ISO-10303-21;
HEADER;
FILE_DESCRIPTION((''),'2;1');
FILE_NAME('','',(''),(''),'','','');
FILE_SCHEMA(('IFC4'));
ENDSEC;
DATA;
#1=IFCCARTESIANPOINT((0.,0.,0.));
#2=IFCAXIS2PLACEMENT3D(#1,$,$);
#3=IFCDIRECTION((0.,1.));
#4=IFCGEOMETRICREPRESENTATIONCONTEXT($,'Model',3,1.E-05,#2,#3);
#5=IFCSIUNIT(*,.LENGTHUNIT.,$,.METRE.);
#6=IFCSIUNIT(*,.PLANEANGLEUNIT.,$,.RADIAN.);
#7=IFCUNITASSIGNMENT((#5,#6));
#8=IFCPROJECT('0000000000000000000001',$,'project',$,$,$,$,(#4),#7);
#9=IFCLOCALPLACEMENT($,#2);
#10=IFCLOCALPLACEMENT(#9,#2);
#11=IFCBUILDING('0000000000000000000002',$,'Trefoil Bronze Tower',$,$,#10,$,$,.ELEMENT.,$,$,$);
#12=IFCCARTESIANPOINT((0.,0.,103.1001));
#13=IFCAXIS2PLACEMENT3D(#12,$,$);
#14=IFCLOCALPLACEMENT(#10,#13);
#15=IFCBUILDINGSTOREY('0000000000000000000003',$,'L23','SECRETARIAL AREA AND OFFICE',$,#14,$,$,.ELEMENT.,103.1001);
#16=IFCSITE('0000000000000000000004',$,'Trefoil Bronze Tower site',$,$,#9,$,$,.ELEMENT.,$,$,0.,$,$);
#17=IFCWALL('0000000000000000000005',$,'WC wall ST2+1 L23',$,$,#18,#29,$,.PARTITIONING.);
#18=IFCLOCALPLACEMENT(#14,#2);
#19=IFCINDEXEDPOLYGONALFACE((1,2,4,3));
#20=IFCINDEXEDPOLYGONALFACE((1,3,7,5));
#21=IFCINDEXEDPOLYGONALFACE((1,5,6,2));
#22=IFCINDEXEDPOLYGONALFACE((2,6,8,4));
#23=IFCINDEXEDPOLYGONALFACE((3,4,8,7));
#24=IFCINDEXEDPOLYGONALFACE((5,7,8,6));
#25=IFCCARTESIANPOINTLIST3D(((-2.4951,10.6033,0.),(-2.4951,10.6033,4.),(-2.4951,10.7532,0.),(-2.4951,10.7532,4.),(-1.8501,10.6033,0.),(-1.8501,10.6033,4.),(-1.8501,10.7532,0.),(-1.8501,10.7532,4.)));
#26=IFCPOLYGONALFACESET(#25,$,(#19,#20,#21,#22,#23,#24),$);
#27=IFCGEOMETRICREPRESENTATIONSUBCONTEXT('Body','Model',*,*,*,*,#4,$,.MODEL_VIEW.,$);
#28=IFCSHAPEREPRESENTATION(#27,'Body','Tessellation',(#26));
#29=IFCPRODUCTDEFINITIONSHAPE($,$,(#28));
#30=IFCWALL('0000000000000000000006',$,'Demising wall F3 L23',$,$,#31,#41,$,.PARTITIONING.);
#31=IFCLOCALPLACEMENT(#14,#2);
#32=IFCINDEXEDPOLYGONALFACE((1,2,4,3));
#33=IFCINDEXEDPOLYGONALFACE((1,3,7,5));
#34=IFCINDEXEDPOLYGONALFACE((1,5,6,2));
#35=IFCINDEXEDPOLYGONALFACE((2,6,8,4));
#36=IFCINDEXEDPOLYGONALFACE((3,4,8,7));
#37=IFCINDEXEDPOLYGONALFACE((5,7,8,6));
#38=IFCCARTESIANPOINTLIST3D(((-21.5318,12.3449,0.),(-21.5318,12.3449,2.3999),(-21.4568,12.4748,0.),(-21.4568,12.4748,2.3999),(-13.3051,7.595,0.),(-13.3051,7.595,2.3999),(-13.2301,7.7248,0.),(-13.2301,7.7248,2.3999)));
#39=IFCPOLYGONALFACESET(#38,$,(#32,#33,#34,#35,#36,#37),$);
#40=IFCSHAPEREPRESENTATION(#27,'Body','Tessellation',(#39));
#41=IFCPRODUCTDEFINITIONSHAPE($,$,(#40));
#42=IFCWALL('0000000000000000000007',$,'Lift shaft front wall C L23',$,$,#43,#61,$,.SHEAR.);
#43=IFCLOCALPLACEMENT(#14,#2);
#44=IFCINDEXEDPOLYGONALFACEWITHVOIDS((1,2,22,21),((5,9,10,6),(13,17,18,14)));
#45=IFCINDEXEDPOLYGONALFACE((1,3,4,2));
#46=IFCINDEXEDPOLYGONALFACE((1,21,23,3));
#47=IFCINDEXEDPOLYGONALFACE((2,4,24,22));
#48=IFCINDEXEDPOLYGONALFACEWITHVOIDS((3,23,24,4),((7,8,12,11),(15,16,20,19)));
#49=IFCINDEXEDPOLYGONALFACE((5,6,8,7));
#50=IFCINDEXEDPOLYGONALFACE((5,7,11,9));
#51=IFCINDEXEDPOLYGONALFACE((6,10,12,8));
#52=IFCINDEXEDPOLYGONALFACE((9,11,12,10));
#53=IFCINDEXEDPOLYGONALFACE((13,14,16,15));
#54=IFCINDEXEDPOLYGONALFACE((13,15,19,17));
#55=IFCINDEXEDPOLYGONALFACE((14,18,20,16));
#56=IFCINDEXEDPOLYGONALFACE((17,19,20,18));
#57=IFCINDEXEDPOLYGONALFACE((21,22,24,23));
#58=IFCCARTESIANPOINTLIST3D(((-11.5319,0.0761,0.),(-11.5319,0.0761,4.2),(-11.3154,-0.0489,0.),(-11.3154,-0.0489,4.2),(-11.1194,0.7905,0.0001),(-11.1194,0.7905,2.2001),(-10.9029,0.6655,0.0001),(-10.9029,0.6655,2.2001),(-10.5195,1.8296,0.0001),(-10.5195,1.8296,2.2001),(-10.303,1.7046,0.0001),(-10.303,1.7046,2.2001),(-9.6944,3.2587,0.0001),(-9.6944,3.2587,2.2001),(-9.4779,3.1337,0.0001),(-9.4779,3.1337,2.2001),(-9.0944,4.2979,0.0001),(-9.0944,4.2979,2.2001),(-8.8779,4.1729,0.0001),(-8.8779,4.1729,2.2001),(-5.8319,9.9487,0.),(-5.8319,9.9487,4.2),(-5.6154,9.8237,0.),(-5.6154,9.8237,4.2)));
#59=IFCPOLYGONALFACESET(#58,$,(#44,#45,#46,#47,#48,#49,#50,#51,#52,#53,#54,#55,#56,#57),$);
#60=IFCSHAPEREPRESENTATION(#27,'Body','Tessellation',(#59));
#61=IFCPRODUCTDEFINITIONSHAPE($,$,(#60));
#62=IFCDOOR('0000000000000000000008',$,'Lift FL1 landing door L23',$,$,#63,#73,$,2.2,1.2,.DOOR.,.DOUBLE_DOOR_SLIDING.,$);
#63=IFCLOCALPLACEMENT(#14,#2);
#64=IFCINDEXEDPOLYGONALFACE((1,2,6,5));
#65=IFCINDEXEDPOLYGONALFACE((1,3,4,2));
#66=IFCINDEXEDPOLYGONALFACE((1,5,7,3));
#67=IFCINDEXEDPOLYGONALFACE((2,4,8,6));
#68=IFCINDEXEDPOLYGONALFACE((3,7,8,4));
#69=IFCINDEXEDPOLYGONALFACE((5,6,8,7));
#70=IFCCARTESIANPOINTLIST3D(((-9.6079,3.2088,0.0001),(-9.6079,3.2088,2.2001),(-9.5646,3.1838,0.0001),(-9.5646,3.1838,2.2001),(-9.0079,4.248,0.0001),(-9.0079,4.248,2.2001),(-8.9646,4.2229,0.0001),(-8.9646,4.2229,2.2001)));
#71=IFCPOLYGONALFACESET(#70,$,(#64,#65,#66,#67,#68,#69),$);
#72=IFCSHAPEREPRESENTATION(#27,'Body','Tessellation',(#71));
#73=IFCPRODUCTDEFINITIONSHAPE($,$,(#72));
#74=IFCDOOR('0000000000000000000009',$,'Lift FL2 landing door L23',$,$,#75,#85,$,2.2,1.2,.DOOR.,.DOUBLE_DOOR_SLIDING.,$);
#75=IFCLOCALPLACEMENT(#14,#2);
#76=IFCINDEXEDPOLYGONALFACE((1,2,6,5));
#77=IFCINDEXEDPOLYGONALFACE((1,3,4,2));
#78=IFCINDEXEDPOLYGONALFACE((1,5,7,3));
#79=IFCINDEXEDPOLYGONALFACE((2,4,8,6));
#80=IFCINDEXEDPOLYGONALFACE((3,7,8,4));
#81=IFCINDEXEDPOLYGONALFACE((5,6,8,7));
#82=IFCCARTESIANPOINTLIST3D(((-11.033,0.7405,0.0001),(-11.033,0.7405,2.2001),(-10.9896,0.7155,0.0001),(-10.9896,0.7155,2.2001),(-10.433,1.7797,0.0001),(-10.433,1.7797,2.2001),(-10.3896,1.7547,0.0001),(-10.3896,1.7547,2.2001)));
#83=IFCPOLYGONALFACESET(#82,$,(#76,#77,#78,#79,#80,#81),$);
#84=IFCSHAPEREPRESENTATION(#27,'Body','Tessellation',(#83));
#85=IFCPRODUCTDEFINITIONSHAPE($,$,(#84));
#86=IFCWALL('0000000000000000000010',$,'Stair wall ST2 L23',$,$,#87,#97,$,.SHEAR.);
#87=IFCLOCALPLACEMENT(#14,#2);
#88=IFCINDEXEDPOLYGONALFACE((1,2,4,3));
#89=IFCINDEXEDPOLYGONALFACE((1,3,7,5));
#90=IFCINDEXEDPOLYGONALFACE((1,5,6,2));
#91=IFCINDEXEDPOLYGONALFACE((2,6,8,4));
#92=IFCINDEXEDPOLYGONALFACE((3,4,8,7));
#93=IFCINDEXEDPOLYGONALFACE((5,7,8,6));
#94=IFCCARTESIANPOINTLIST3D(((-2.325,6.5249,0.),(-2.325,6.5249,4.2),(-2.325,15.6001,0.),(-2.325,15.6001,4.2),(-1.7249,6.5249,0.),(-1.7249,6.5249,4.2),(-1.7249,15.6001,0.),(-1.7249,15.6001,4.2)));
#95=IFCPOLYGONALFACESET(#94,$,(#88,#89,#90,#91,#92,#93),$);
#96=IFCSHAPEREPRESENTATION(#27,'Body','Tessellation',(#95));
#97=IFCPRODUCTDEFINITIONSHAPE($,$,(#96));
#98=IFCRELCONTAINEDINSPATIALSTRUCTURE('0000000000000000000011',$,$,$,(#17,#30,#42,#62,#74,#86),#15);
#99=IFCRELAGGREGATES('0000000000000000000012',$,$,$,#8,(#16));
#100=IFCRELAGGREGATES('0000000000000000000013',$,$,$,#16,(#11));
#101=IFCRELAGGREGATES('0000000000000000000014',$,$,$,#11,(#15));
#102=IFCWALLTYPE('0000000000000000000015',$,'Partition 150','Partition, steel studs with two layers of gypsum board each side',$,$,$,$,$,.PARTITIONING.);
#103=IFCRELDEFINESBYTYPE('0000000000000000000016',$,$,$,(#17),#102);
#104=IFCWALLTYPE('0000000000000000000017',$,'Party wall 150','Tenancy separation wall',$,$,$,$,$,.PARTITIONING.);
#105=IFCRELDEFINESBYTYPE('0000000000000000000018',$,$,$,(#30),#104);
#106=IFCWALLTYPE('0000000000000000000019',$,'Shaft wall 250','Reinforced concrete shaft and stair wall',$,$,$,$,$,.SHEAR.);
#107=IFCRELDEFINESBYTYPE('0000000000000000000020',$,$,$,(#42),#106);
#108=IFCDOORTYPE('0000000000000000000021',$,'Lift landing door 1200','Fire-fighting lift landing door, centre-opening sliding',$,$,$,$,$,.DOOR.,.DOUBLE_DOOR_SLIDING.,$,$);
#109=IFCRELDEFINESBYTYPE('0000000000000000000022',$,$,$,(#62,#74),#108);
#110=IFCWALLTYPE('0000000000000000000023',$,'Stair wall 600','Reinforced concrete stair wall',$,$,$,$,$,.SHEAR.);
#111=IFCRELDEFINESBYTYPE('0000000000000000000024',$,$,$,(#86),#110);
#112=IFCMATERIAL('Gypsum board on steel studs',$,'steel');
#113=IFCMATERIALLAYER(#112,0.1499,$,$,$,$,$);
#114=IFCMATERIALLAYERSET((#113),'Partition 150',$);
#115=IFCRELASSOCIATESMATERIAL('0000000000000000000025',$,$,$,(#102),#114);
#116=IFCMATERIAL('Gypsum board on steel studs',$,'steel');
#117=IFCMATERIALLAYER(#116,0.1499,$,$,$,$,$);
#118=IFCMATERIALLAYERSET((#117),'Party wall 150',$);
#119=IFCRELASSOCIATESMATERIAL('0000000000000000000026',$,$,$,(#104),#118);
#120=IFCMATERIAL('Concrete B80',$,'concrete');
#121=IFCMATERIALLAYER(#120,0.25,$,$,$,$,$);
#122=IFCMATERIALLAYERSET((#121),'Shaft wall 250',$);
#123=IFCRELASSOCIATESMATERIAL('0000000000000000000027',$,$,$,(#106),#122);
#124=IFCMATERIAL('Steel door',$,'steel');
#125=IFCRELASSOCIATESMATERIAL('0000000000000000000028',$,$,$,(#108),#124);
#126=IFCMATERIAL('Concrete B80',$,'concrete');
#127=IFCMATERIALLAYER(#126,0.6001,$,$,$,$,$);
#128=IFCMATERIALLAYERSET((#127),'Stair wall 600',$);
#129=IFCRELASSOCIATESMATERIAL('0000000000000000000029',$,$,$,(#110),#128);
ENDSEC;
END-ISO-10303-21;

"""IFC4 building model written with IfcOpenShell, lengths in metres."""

from ifc_helpers import new_model, si_unit, direction, frame, frame_2d, origin, place, context, subcontext, project, spatial, rectangle, extrude, material, layer, layer_set, type_object, element, fill, save


model = new_model("IFC4")

# Units and contexts
model_context = context("Model", 3, precision=1e-05, world=origin(), true_north=direction((0.0, 1.0)))
body_context = subcontext(model_context, "Body", "Model", "MODEL_VIEW")
ifc_project = project(units=[si_unit("LENGTHUNIT", "METRE"), si_unit("PLANEANGLEUNIT", "RADIAN")], contexts=[model_context])

# Site, building, storey
site_placement = place(None, origin())
site = spatial("IfcSite", under=ifc_project, at=site_placement, Name="Trefoil Bronze Tower site", CompositionType="ELEMENT", RefElevation=0.0)
building_placement = place(site_placement, origin())
building = spatial("IfcBuilding", under=site, at=building_placement, Name="Trefoil Bronze Tower", CompositionType="ELEMENT")
storey_placement = place(building_placement, frame((0.0, 0.0, 103.1001)))
storey = spatial("IfcBuildingStorey", under=building, at=storey_placement, Name="L23", Description="SECRETARIAL AREA AND OFFICE", CompositionType="ELEMENT", Elevation=103.1001)

# Shared definitions
ifc_material_1 = material(Name="Gypsum board on steel studs", Category="steel")
ifc_layer_1 = layer(ifc_material_1, 0.1499)
ifc_layer_set_1 = layer_set([ifc_layer_1], Name="Partition 150")
wall_type_1 = type_object("IfcWallType", Name="Partition 150", Description="Partition, steel studs with two layers of gypsum board each side", PredefinedType="PARTITIONING", material=ifc_layer_set_1)

# Walls
wall_1_placement = place(storey_placement, frame((-2.4951, 10.6782, 0.0), z_axis=(0.0, 0.0, 1.0), x_axis=(1.0, 0.0, 0.0)))
element("IfcWall", 1, at=wall_1_placement, inside=storey, type_object=wall_type_1, Name="WC wall ST2+1 L23", PredefinedType="PARTITIONING", context=body_context, shape_type="SweptSolid", body=[
    extrude(rectangle(XDim=0.645, YDim=0.1499, at=frame_2d((0.3225, 0.0))), origin(), (0.0, 0.0, 1.0), 4.0),
])
ifc_material_2 = material(Name="Gypsum board on steel studs", Category="steel")
ifc_layer_2 = layer(ifc_material_2, 0.1499)
ifc_layer_set_2 = layer_set([ifc_layer_2], Name="Party wall 150")
wall_type_2 = type_object("IfcWallType", Name="Party wall 150", Description="Tenancy separation wall", PredefinedType="PARTITIONING", material=ifc_layer_set_2)
wall_2_placement = place(storey_placement, frame((-13.2676, 7.6599, 0.0), z_axis=(0.0, 0.0, 1.0), x_axis=(-0.866014, 0.50002, 0.0)))
element("IfcWall", 2, at=wall_2_placement, inside=storey, type_object=wall_type_2, Name="Demising wall F3 L23", PredefinedType="PARTITIONING", context=body_context, shape_type="SweptSolid", body=[
    extrude(rectangle(XDim=9.4995, YDim=0.1499, at=frame_2d((4.7498, 0.0))), origin(), (0.0, 0.0, 1.0), 2.3999),
])

# Wall, openings, doors
ifc_material_3 = material(Name="Concrete B80", Category="concrete")
ifc_layer_3 = layer(ifc_material_3, 0.25)
ifc_layer_set_3 = layer_set([ifc_layer_3], Name="Shaft wall 250")
wall_type_3 = type_object("IfcWallType", Name="Shaft wall 250", Description="Reinforced concrete shaft and stair wall", PredefinedType="SHEAR", material=ifc_layer_set_3)
wall_3_placement = place(storey_placement, frame((-5.7236, 9.8862, 0.0), z_axis=(0.0, 0.0, 1.0), x_axis=(-0.500002, -0.866024, 0.0)))
wall_3 = element("IfcWall", 3, at=wall_3_placement, inside=storey, type_object=wall_type_3, Name="Lift shaft front wall C L23", PredefinedType="SHEAR", context=body_context, shape_type="SweptSolid", body=[
    extrude(rectangle(XDim=11.3999, YDim=0.25, at=frame_2d((5.7, 0.0))), origin(), (0.0, 0.0, 1.0), 4.2),
])
opening_1_placement = place(wall_3_placement, frame((6.5249, 0.0, 0.0)))
opening_1 = element("IfcOpeningElement", 4, at=opening_1_placement, cuts=wall_3, PredefinedType="OPENING", context=body_context, shape_type="SweptSolid", body=[
    extrude(rectangle(XDim=1.2, YDim=2.2, at=frame_2d((0.6001, 1.1001))), frame((0.0, 0.135, 0.0), z_axis=(0.0, -1.0, 0.0), x_axis=(1.0, 0.0, 0.0)), (0.0, 0.0, 1.0), 0.27),
])
opening_2_placement = place(wall_3_placement, frame((9.375, 0.0, 0.0)))
opening_2 = element("IfcOpeningElement", 5, at=opening_2_placement, cuts=wall_3, PredefinedType="OPENING", context=body_context, shape_type="SweptSolid", body=[
    extrude(rectangle(XDim=1.2, YDim=2.2, at=frame_2d((0.6001, 1.1001))), frame((0.0, 0.135, 0.0), z_axis=(0.0, -1.0, 0.0), x_axis=(1.0, 0.0, 0.0)), (0.0, 0.0, 1.0), 0.27),
])
ifc_material_4 = material(Name="Steel door", Category="steel")
door_type_1 = type_object("IfcDoorType", Name="Lift landing door 1200", Description="Fire-fighting lift landing door, centre-opening sliding", OperationType="DOUBLE_DOOR_SLIDING", PredefinedType="DOOR", material=ifc_material_4)
door_1_placement = place(opening_1_placement, origin())
door_1 = element("IfcDoor", 6, at=door_1_placement, inside=storey, type_object=door_type_1, Name="Lift FL1 landing door L23", OperationType="DOUBLE_DOOR_SLIDING", OverallHeight=2.2, OverallWidth=1.2, PredefinedType="DOOR", context=body_context, shape_type="SweptSolid", body=[
    extrude(rectangle(XDim=1.2, YDim=2.2, at=frame_2d((0.6001, 1.1001))), frame((0.0, 0.0249, 0.0), z_axis=(0.0, -1.0, 0.0), x_axis=(1.0, 0.0, 0.0)), (0.0, 0.0, 1.0), 0.05),
])
fill(opening_1, door_1)
door_2_placement = place(opening_2_placement, origin())
door_2 = element("IfcDoor", 7, at=door_2_placement, inside=storey, type_object=door_type_1, Name="Lift FL2 landing door L23", OperationType="DOUBLE_DOOR_SLIDING", OverallHeight=2.2, OverallWidth=1.2, PredefinedType="DOOR", context=body_context, shape_type="SweptSolid", body=[
    extrude(rectangle(XDim=1.2, YDim=2.2, at=frame_2d((0.6001, 1.1001))), frame((0.0, 0.0249, 0.0), z_axis=(0.0, -1.0, 0.0), x_axis=(1.0, 0.0, 0.0)), (0.0, 0.0, 1.0), 0.05),
])
fill(opening_2, door_2)

# Wall
ifc_material_5 = material(Name="Concrete B80", Category="concrete")
ifc_layer_4 = layer(ifc_material_5, 0.6001)
ifc_layer_set_4 = layer_set([ifc_layer_4], Name="Stair wall 600")
wall_type_4 = type_object("IfcWallType", Name="Stair wall 600", Description="Reinforced concrete stair wall", PredefinedType="SHEAR", material=ifc_layer_set_4)
wall_4_placement = place(storey_placement, frame((-2.0249, 6.5249, 0.0), z_axis=(0.0, 0.0, 1.0), x_axis=(0.0, 1.0, 0.0)))
element("IfcWall", 8, at=wall_4_placement, inside=storey, type_object=wall_type_4, Name="Stair wall ST2 L23", PredefinedType="SHEAR", context=body_context, shape_type="SweptSolid", body=[
    extrude(rectangle(XDim=9.0752, YDim=0.6001, at=frame_2d((4.5376, 0.0))), origin(), (0.0, 0.0, 1.0), 4.2),
])

save(model, "model.ifc")
